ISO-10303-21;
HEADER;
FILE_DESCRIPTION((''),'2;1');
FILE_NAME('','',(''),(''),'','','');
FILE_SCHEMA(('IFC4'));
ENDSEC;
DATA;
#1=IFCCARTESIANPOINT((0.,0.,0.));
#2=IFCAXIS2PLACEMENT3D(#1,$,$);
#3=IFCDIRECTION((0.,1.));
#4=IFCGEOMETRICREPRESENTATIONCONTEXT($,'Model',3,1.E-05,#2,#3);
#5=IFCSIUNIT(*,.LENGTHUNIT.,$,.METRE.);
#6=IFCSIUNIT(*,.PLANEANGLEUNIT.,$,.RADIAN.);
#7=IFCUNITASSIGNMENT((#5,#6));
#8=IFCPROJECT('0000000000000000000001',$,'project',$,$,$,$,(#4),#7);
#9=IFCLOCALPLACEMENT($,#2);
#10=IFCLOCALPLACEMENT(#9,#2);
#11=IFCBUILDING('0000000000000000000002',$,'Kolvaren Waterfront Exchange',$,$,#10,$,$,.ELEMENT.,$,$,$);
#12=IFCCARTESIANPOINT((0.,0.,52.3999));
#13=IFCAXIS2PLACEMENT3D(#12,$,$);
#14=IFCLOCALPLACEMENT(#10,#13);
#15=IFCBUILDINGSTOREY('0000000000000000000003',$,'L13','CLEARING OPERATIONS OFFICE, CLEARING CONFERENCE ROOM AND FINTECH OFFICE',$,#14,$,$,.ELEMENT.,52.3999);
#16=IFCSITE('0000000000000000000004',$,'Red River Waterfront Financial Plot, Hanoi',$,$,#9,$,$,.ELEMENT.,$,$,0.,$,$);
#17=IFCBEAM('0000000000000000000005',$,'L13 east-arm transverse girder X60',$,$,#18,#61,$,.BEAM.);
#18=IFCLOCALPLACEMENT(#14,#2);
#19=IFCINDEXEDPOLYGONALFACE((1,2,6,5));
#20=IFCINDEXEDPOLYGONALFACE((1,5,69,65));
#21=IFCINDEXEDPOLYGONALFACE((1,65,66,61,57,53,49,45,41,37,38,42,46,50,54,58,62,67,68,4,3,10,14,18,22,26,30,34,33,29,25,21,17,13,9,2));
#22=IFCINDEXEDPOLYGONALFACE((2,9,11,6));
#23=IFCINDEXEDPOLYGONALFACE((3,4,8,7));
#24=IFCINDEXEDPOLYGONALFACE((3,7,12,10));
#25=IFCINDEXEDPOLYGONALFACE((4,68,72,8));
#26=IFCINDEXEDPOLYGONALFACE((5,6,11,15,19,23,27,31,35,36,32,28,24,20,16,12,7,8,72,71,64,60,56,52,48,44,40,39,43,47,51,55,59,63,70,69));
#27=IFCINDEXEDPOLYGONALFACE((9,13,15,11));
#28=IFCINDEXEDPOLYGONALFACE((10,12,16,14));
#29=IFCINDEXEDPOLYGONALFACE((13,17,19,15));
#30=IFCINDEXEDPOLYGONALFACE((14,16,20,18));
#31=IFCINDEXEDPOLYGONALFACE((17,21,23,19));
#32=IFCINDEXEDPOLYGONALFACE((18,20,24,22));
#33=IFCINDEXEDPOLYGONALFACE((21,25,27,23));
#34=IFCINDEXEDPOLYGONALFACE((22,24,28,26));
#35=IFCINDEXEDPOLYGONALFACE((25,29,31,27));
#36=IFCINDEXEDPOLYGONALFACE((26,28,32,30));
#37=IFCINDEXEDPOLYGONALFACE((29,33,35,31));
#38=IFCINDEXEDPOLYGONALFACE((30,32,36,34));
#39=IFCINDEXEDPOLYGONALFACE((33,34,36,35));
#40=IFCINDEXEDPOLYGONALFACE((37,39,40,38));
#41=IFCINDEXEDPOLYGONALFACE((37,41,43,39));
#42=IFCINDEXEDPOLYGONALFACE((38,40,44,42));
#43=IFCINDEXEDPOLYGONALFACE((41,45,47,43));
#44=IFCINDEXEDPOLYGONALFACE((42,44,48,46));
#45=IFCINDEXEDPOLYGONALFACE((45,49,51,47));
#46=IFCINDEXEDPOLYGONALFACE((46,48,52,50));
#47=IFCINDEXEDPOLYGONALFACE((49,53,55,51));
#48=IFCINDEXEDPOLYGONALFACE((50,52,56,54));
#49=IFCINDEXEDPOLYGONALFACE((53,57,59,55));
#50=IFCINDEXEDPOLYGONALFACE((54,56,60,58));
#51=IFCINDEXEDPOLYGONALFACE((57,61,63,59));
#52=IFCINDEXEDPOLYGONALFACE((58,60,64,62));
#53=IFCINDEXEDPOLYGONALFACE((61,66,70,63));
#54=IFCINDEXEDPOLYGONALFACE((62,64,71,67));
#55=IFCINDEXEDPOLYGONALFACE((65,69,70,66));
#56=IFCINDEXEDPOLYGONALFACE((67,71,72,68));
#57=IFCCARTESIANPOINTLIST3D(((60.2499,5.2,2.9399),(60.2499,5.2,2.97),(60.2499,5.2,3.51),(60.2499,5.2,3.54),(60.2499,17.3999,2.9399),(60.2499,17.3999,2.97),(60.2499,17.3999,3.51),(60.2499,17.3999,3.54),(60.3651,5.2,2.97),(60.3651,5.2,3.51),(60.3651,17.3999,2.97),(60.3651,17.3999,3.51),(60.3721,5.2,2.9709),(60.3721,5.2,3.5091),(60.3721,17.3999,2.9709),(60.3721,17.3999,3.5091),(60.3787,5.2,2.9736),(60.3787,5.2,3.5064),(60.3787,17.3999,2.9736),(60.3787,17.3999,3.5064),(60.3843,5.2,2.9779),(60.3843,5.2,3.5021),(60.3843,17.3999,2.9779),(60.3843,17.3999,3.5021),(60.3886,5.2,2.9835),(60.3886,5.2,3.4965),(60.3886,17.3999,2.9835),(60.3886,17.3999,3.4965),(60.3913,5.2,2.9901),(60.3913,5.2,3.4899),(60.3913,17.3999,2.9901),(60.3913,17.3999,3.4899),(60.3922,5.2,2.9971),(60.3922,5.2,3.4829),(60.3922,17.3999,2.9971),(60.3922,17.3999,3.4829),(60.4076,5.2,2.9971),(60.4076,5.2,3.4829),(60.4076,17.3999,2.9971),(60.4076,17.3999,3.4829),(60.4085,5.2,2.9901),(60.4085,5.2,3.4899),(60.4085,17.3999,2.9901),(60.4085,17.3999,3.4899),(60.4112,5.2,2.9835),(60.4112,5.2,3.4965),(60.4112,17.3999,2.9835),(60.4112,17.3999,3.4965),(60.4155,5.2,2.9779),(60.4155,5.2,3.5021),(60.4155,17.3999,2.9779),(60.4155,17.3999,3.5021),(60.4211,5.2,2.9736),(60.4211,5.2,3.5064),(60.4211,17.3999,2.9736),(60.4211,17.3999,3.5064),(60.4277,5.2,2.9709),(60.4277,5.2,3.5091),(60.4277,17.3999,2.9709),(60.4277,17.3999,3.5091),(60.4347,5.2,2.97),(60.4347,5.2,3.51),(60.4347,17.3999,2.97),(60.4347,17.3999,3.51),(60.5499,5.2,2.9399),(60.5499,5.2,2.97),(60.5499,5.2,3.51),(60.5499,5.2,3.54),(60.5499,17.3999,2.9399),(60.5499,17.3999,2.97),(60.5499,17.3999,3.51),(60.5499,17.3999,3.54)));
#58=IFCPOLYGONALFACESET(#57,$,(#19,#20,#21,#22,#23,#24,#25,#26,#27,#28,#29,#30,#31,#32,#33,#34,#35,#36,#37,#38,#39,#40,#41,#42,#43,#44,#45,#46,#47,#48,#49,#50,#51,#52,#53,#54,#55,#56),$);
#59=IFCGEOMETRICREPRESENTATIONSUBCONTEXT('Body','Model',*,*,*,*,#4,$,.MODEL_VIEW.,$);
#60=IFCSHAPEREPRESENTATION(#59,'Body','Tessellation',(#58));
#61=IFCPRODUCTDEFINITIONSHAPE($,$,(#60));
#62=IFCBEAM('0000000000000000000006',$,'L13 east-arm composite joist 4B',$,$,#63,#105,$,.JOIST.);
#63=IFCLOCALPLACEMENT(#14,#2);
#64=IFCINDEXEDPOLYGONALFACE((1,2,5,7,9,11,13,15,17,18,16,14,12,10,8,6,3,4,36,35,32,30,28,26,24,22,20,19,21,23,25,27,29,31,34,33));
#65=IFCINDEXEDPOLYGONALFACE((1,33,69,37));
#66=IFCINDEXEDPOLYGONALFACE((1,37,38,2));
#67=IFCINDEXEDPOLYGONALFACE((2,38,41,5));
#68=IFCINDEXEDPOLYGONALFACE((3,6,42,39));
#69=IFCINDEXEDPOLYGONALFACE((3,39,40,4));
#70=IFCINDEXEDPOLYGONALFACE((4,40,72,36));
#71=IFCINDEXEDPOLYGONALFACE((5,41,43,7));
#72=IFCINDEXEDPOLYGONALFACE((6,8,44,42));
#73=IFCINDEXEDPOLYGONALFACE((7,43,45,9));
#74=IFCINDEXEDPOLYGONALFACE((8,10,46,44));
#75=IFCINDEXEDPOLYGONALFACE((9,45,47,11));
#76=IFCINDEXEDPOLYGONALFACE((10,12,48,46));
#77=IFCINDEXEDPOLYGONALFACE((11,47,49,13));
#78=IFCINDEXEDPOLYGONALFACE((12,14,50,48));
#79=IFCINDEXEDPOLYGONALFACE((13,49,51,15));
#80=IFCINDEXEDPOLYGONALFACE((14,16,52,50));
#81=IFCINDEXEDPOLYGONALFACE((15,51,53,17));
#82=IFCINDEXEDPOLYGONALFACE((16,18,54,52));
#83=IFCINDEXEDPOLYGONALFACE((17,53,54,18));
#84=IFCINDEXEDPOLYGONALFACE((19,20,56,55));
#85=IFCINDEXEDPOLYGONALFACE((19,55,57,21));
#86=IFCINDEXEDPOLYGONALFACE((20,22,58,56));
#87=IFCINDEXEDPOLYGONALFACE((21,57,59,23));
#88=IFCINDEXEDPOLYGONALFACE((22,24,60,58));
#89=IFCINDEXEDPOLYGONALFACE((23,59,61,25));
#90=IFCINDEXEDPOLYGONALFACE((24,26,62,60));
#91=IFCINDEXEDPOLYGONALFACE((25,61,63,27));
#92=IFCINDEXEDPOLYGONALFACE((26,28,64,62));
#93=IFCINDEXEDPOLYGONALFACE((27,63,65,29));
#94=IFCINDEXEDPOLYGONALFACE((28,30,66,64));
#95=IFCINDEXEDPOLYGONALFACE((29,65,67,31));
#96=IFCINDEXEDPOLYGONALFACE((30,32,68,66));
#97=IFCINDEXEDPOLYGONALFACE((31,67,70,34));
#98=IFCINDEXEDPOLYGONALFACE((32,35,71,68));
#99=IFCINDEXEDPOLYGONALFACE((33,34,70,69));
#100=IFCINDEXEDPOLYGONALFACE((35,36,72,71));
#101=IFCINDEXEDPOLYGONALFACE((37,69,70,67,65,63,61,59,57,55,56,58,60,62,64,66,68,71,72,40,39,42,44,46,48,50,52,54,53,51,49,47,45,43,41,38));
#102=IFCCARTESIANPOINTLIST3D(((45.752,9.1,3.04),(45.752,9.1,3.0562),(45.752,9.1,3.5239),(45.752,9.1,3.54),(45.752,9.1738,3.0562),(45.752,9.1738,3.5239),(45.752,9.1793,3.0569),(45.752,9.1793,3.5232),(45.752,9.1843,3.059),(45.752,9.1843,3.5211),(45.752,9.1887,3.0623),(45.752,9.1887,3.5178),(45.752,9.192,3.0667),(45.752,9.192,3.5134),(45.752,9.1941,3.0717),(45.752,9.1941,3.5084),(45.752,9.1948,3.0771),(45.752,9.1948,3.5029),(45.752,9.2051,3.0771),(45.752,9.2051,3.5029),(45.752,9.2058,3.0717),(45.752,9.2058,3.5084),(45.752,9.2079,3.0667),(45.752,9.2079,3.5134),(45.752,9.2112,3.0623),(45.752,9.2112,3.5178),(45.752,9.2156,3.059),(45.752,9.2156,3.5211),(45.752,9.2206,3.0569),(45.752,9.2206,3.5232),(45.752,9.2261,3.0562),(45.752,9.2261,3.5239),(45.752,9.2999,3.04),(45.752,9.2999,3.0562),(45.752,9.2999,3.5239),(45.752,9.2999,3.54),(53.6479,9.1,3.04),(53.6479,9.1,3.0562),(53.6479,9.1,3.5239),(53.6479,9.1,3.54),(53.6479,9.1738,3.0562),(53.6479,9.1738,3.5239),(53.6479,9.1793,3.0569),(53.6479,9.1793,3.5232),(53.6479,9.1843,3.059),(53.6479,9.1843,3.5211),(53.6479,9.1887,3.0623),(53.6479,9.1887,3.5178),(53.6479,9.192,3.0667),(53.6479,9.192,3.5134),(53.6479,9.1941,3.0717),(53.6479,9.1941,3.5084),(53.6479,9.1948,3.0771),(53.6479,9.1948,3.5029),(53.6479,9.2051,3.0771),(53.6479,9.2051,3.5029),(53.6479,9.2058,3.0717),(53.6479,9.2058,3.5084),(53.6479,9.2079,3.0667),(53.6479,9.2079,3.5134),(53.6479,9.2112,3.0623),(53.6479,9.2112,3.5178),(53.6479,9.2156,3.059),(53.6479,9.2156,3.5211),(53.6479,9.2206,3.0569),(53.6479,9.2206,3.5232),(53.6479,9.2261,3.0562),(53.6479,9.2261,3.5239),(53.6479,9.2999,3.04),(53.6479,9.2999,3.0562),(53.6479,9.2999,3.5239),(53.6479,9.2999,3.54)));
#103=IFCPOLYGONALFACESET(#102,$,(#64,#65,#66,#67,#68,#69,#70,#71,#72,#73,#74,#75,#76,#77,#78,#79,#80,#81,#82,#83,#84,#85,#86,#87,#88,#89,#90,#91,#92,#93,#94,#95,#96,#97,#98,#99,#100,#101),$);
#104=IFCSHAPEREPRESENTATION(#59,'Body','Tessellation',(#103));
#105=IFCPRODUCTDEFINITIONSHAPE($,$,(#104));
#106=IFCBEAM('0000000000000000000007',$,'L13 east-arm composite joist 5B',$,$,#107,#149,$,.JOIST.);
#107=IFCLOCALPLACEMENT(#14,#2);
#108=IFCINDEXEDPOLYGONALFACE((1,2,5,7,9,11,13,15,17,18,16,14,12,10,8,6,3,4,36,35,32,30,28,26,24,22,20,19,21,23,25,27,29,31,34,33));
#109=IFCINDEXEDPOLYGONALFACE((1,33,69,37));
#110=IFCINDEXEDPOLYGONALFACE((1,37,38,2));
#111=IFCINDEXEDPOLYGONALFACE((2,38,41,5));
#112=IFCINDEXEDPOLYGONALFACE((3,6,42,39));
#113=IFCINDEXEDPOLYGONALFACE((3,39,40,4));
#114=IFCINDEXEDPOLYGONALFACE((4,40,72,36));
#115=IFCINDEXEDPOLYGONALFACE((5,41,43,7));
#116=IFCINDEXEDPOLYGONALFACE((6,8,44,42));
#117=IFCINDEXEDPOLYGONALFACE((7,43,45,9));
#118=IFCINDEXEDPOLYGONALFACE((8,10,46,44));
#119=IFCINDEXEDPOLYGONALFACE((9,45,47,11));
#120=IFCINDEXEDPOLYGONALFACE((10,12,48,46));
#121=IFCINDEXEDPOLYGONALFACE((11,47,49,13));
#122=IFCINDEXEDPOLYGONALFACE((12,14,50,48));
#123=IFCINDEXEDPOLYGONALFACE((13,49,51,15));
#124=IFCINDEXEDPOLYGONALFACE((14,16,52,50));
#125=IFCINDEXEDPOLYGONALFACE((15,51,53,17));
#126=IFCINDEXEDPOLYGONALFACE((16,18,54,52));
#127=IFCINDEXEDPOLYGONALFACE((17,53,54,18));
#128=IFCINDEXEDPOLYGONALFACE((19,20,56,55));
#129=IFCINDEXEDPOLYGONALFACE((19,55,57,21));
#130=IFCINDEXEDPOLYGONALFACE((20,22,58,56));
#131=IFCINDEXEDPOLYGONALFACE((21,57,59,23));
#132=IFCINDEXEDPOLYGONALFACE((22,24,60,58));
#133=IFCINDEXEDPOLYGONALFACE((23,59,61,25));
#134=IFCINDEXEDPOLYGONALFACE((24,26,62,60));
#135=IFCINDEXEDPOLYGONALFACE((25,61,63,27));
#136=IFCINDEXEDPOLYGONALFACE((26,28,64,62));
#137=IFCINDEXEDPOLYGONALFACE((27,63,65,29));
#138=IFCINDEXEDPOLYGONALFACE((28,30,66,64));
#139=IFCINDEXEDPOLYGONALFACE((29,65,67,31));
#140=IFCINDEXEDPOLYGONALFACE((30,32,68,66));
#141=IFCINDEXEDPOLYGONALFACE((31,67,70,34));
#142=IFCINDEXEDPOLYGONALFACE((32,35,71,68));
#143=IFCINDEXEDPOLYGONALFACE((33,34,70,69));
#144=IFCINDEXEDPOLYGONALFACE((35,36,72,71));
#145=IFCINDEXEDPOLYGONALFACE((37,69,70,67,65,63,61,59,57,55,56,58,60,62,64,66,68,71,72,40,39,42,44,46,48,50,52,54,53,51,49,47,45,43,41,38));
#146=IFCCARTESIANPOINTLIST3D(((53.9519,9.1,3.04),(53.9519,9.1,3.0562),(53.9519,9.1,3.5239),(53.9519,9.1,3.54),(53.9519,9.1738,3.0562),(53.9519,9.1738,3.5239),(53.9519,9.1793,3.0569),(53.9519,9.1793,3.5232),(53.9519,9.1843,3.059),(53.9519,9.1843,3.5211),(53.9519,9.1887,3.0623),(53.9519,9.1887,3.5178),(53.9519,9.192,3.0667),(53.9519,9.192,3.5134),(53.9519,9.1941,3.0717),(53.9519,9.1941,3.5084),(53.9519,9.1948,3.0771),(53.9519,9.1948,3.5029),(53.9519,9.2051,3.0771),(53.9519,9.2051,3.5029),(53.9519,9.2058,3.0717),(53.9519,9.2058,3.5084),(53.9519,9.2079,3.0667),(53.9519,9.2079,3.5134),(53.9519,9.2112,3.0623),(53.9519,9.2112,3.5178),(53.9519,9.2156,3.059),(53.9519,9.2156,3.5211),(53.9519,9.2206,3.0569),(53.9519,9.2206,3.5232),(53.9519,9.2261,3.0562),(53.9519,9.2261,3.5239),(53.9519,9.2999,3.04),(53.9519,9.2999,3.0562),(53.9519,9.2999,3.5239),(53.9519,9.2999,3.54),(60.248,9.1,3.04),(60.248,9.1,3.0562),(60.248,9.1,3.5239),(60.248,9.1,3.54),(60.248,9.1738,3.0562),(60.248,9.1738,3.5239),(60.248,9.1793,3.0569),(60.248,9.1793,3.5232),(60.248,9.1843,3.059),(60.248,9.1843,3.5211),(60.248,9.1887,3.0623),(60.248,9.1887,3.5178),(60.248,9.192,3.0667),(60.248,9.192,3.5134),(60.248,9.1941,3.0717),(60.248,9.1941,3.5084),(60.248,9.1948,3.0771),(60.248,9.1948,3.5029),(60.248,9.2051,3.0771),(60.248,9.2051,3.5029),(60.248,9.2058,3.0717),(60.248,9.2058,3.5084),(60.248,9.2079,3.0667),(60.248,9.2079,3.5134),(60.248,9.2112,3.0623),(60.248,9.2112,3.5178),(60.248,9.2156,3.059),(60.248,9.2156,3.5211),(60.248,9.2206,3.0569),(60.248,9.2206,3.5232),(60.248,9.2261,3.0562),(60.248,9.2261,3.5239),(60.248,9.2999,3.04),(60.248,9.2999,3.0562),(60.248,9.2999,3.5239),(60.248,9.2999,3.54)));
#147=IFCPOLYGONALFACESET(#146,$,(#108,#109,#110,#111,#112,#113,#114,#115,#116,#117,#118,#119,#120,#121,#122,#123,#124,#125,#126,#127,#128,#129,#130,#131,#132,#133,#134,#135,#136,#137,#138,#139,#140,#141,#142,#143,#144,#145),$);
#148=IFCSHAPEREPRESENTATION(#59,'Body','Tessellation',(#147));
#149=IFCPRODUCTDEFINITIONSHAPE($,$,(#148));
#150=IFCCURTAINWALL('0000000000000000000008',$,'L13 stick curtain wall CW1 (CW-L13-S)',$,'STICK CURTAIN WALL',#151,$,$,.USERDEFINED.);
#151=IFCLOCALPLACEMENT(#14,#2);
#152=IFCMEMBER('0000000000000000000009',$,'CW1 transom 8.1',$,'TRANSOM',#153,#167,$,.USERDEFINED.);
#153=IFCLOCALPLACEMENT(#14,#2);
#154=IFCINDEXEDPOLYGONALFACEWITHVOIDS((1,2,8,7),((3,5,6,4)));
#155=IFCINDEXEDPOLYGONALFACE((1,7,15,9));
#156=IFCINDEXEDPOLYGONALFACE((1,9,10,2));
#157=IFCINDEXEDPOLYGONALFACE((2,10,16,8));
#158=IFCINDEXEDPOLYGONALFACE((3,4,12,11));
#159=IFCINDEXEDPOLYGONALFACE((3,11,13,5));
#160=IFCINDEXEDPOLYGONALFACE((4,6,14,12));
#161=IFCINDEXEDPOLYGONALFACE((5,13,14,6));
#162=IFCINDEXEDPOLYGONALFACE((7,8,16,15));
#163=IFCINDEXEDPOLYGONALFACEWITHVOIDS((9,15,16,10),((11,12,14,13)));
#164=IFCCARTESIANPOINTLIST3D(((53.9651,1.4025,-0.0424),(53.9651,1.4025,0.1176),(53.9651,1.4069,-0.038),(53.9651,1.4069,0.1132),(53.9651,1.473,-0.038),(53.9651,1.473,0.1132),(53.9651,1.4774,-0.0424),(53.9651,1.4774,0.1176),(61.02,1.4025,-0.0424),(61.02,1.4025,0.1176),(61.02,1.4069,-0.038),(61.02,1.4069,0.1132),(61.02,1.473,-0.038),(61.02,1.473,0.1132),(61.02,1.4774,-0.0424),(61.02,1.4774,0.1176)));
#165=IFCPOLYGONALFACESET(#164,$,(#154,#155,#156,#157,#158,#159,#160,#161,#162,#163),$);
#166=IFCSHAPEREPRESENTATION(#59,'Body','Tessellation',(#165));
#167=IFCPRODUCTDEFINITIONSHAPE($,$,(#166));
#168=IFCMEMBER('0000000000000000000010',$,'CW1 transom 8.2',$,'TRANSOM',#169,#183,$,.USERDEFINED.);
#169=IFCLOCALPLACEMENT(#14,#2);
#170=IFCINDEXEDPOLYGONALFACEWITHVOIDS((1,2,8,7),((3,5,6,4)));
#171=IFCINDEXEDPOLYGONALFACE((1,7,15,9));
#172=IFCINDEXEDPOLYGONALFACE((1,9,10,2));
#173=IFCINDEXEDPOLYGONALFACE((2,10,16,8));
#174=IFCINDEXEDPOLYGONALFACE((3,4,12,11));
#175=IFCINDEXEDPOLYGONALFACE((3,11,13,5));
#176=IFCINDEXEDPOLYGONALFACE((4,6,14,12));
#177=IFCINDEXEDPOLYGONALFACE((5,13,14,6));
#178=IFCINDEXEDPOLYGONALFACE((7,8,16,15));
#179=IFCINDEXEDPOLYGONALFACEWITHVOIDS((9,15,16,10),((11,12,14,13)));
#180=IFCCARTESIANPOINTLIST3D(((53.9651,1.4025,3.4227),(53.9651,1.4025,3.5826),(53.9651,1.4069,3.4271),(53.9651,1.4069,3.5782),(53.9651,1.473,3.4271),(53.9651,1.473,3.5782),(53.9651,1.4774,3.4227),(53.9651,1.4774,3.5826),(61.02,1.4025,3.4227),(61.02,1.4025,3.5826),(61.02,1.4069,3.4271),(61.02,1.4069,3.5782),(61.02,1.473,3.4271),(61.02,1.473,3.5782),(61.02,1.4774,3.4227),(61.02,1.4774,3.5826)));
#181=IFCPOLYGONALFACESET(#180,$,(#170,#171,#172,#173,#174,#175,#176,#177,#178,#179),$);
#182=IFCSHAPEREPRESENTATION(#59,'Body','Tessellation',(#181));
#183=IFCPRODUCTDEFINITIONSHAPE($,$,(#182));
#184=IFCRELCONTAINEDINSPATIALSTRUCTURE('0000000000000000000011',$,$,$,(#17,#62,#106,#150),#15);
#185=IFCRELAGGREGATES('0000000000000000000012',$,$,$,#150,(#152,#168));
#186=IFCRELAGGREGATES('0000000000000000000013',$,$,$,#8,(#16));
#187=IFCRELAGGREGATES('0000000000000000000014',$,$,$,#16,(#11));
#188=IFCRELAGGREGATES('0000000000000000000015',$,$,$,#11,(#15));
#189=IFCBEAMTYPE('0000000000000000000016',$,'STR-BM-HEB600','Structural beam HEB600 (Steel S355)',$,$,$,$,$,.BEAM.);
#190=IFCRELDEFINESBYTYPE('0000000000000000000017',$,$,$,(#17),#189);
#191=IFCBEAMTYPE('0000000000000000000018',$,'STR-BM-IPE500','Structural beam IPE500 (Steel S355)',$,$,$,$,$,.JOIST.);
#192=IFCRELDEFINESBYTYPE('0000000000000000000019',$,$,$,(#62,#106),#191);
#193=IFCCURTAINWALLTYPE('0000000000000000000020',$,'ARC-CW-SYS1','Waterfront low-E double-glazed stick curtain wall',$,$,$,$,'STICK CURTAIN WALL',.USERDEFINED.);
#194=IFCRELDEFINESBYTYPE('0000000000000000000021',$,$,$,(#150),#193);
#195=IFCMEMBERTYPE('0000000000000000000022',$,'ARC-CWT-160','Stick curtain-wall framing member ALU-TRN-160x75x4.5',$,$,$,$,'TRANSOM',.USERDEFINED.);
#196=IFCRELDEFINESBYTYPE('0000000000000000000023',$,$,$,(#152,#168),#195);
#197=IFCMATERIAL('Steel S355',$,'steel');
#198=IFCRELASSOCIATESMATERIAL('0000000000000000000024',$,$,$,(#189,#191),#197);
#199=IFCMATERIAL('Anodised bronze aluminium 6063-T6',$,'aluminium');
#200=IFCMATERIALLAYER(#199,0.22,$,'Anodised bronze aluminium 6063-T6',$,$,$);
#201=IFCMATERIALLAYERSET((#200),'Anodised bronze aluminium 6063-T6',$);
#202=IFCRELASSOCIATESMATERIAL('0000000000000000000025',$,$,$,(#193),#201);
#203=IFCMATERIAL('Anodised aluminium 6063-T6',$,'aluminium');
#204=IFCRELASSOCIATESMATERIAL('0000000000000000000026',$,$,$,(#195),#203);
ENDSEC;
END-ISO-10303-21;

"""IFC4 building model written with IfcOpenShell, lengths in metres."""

from ifc_helpers import new_model, si_unit, direction, frame, origin, origin_with_axes, origin_2d, place, context, subcontext, project, spatial, hollow_rectangle, i_section, extrude, source, transform, mapped, material, layer, layer_set, material_profile, profile_set, type_object, element, aggregate, save


model = new_model("IFC4")

# Units and contexts
model_context = context("Model", 3, precision=1e-05, world=origin(), true_north=direction((0.0, 1.0)))
body_context = subcontext(model_context, "Body", "Model", "MODEL_VIEW")
ifc_project = project(units=[si_unit("LENGTHUNIT", "METRE"), si_unit("PLANEANGLEUNIT", "RADIAN")], contexts=[model_context])

# Site, building, storey
site_placement = place(None, origin())
site = spatial("IfcSite", under=ifc_project, at=site_placement, Name="Red River Waterfront Financial Plot, Hanoi", CompositionType="ELEMENT", RefElevation=0.0)
building_placement = place(site_placement, origin())
building = spatial("IfcBuilding", under=site, at=building_placement, Name="Kolvaren Waterfront Exchange", CompositionType="ELEMENT")
storey_placement = place(building_placement, frame((0.0, 0.0, 52.3999)))
storey = spatial("IfcBuildingStorey", under=building, at=storey_placement, Name="L13", Description="CLEARING OPERATIONS OFFICE, CLEARING CONFERENCE ROOM AND FINTECH OFFICE", CompositionType="ELEMENT", Elevation=52.3999)

# Beams
ifc_material_1 = material(Name="Steel S355", Category="steel")
ifc_material_profile_1 = material_profile(ifc_material_1, i_section(OverallWidth=0.3, OverallDepth=0.6001, WebThickness=0.0154, FlangeThickness=0.03, FilletRadius=0.0271, at=origin_2d()), Name="HEB600")
ifc_profile_set_1 = profile_set([ifc_material_profile_1], Name="Steel S355")
beam_type_1 = type_object("IfcBeamType", Name="STR-BM-HEB600", Description="Structural beam HEB600 (Steel S355)", PredefinedType="BEAM", material=ifc_profile_set_1)
for number, where, z_axis, x_axis, name in (
    (1, (60.3999, 5.2, 3.24), (0.0, 1.0, 0.0), (-1.0, 0.0, 0.0), "L13 east-arm transverse girder X60"),
):
    element("IfcBeam", number, at=place(storey_placement, frame(where, z_axis=z_axis, x_axis=x_axis)), inside=storey, type_object=beam_type_1, Name=name, PredefinedType="BEAM", context=body_context, shape_type="SweptSolid", body=[
        extrude(i_section(OverallWidth=0.3, OverallDepth=0.6001, WebThickness=0.0154, FlangeThickness=0.03, FilletRadius=0.0271, at=origin_2d()), origin(), (0.0, 0.0, 1.0), 12.2),
    ])
ifc_material_profile_2 = material_profile(ifc_material_1, i_section(OverallWidth=0.2, OverallDepth=0.5, WebThickness=0.0103, FlangeThickness=0.0161, FilletRadius=0.021, at=origin_2d()), Name="IPE500")
ifc_profile_set_2 = profile_set([ifc_material_profile_2], Name="Steel S355")
beam_type_2 = type_object("IfcBeamType", Name="STR-BM-IPE500", Description="Structural beam IPE500 (Steel S355)", PredefinedType="JOIST", material=ifc_profile_set_2)
beam_1_placement = place(storey_placement, frame((45.752, 9.2, 3.29), z_axis=(1.0, 0.0, 0.0), x_axis=(0.0, 1.0, 0.0)))
element("IfcBeam", 2, at=beam_1_placement, inside=storey, type_object=beam_type_2, Name="L13 east-arm composite joist 4B", PredefinedType="JOIST", context=body_context, shape_type="SweptSolid", body=[
    extrude(i_section(OverallWidth=0.2, OverallDepth=0.5, WebThickness=0.0103, FlangeThickness=0.0161, FilletRadius=0.021, at=origin_2d()), origin(), (0.0, 0.0, 1.0), 7.896),
])
beam_2_placement = place(storey_placement, frame((53.9519, 9.2, 3.29), z_axis=(1.0, 0.0, 0.0), x_axis=(0.0, 1.0, 0.0)))
element("IfcBeam", 3, at=beam_2_placement, inside=storey, type_object=beam_type_2, Name="L13 east-arm composite joist 5B", PredefinedType="JOIST", context=body_context, shape_type="SweptSolid", body=[
    extrude(i_section(OverallWidth=0.2, OverallDepth=0.5, WebThickness=0.0103, FlangeThickness=0.0161, FilletRadius=0.021, at=origin_2d()), origin(), (0.0, 0.0, 1.0), 6.2961),
])

# Curtain wall, members
ifc_material_2 = material(Name="Anodised bronze aluminium 6063-T6", Category="aluminium")
ifc_layer_1 = layer(ifc_material_2, 0.22, Name="Anodised bronze aluminium 6063-T6")
ifc_layer_set_1 = layer_set([ifc_layer_1], Name="Anodised bronze aluminium 6063-T6")
curtain_wall_type = type_object("IfcCurtainWallType", Name="ARC-CW-SYS1", Description="Waterfront low-E double-glazed stick curtain wall", ElementType="STICK CURTAIN WALL", PredefinedType="USERDEFINED", material=ifc_layer_set_1)
curtain_wall_placement = place(storey_placement, origin())
curtain_wall = element("IfcCurtainWall", 4, at=curtain_wall_placement, inside=storey, type_object=curtain_wall_type, Name="L13 stick curtain wall CW1 (CW-L13-S)", ObjectType="STICK CURTAIN WALL", PredefinedType="USERDEFINED")
ifc_material_3 = material(Name="Anodised aluminium 6063-T6", Category="aluminium")
ifc_material_profile_3 = material_profile(ifc_material_3, hollow_rectangle(XDim=0.075, YDim=0.1599, WallThickness=0.0044, at=origin_2d()), Name="ALU-TRN-160x75x4.5")
ifc_profile_set_3 = profile_set([ifc_material_profile_3], Name="Anodised aluminium 6063-T6")
member_type_1 = type_object("IfcMemberType", Name="ARC-CWT-160", Description="Stick curtain-wall framing member ALU-TRN-160x75x4.5", ElementType="TRANSOM", PredefinedType="USERDEFINED", material=ifc_profile_set_3)
shared_shape_1 = source(origin_with_axes(), body_context, "Body", "SweptSolid", [
    extrude(hollow_rectangle(XDim=0.075, YDim=0.1599, WallThickness=0.0044, at=origin_2d()), origin(), (0.0, 0.0, 1.0), 7.0549),
])
member_1_placement = place(storey_placement, frame((53.9651, 1.4399, 0.0376), z_axis=(1.0, 0.0, 0.0), x_axis=(0.0, 1.0, 0.0)))
member_1 = element("IfcMember", 5, at=member_1_placement, type_object=member_type_1, Name="CW1 transom 8.1", ObjectType="TRANSOM", PredefinedType="USERDEFINED", context=body_context, shape_type="MappedRepresentation", body=[
    mapped(shared_shape_1, transform((0.0, 0.0, 0.0), x_axis=(1.0, 0.0, 0.0), y_axis=(0.0, 1.0, 0.0), z_axis=(0.0, 0.0, 1.0), scale=1.0)),
])
member_2_placement = place(storey_placement, frame((53.9651, 1.4399, 3.5027), z_axis=(1.0, 0.0, 0.0), x_axis=(0.0, 1.0, 0.0)))
member_2 = element("IfcMember", 6, at=member_2_placement, type_object=member_type_1, Name="CW1 transom 8.2", ObjectType="TRANSOM", PredefinedType="USERDEFINED", context=body_context, shape_type="MappedRepresentation", body=[
    mapped(shared_shape_1, transform((0.0, 0.0, 0.0), x_axis=(1.0, 0.0, 0.0), y_axis=(0.0, 1.0, 0.0), z_axis=(0.0, 0.0, 1.0), scale=1.0)),
])
aggregate(curtain_wall, [member_1, member_2])

save(model, "model.ifc")
